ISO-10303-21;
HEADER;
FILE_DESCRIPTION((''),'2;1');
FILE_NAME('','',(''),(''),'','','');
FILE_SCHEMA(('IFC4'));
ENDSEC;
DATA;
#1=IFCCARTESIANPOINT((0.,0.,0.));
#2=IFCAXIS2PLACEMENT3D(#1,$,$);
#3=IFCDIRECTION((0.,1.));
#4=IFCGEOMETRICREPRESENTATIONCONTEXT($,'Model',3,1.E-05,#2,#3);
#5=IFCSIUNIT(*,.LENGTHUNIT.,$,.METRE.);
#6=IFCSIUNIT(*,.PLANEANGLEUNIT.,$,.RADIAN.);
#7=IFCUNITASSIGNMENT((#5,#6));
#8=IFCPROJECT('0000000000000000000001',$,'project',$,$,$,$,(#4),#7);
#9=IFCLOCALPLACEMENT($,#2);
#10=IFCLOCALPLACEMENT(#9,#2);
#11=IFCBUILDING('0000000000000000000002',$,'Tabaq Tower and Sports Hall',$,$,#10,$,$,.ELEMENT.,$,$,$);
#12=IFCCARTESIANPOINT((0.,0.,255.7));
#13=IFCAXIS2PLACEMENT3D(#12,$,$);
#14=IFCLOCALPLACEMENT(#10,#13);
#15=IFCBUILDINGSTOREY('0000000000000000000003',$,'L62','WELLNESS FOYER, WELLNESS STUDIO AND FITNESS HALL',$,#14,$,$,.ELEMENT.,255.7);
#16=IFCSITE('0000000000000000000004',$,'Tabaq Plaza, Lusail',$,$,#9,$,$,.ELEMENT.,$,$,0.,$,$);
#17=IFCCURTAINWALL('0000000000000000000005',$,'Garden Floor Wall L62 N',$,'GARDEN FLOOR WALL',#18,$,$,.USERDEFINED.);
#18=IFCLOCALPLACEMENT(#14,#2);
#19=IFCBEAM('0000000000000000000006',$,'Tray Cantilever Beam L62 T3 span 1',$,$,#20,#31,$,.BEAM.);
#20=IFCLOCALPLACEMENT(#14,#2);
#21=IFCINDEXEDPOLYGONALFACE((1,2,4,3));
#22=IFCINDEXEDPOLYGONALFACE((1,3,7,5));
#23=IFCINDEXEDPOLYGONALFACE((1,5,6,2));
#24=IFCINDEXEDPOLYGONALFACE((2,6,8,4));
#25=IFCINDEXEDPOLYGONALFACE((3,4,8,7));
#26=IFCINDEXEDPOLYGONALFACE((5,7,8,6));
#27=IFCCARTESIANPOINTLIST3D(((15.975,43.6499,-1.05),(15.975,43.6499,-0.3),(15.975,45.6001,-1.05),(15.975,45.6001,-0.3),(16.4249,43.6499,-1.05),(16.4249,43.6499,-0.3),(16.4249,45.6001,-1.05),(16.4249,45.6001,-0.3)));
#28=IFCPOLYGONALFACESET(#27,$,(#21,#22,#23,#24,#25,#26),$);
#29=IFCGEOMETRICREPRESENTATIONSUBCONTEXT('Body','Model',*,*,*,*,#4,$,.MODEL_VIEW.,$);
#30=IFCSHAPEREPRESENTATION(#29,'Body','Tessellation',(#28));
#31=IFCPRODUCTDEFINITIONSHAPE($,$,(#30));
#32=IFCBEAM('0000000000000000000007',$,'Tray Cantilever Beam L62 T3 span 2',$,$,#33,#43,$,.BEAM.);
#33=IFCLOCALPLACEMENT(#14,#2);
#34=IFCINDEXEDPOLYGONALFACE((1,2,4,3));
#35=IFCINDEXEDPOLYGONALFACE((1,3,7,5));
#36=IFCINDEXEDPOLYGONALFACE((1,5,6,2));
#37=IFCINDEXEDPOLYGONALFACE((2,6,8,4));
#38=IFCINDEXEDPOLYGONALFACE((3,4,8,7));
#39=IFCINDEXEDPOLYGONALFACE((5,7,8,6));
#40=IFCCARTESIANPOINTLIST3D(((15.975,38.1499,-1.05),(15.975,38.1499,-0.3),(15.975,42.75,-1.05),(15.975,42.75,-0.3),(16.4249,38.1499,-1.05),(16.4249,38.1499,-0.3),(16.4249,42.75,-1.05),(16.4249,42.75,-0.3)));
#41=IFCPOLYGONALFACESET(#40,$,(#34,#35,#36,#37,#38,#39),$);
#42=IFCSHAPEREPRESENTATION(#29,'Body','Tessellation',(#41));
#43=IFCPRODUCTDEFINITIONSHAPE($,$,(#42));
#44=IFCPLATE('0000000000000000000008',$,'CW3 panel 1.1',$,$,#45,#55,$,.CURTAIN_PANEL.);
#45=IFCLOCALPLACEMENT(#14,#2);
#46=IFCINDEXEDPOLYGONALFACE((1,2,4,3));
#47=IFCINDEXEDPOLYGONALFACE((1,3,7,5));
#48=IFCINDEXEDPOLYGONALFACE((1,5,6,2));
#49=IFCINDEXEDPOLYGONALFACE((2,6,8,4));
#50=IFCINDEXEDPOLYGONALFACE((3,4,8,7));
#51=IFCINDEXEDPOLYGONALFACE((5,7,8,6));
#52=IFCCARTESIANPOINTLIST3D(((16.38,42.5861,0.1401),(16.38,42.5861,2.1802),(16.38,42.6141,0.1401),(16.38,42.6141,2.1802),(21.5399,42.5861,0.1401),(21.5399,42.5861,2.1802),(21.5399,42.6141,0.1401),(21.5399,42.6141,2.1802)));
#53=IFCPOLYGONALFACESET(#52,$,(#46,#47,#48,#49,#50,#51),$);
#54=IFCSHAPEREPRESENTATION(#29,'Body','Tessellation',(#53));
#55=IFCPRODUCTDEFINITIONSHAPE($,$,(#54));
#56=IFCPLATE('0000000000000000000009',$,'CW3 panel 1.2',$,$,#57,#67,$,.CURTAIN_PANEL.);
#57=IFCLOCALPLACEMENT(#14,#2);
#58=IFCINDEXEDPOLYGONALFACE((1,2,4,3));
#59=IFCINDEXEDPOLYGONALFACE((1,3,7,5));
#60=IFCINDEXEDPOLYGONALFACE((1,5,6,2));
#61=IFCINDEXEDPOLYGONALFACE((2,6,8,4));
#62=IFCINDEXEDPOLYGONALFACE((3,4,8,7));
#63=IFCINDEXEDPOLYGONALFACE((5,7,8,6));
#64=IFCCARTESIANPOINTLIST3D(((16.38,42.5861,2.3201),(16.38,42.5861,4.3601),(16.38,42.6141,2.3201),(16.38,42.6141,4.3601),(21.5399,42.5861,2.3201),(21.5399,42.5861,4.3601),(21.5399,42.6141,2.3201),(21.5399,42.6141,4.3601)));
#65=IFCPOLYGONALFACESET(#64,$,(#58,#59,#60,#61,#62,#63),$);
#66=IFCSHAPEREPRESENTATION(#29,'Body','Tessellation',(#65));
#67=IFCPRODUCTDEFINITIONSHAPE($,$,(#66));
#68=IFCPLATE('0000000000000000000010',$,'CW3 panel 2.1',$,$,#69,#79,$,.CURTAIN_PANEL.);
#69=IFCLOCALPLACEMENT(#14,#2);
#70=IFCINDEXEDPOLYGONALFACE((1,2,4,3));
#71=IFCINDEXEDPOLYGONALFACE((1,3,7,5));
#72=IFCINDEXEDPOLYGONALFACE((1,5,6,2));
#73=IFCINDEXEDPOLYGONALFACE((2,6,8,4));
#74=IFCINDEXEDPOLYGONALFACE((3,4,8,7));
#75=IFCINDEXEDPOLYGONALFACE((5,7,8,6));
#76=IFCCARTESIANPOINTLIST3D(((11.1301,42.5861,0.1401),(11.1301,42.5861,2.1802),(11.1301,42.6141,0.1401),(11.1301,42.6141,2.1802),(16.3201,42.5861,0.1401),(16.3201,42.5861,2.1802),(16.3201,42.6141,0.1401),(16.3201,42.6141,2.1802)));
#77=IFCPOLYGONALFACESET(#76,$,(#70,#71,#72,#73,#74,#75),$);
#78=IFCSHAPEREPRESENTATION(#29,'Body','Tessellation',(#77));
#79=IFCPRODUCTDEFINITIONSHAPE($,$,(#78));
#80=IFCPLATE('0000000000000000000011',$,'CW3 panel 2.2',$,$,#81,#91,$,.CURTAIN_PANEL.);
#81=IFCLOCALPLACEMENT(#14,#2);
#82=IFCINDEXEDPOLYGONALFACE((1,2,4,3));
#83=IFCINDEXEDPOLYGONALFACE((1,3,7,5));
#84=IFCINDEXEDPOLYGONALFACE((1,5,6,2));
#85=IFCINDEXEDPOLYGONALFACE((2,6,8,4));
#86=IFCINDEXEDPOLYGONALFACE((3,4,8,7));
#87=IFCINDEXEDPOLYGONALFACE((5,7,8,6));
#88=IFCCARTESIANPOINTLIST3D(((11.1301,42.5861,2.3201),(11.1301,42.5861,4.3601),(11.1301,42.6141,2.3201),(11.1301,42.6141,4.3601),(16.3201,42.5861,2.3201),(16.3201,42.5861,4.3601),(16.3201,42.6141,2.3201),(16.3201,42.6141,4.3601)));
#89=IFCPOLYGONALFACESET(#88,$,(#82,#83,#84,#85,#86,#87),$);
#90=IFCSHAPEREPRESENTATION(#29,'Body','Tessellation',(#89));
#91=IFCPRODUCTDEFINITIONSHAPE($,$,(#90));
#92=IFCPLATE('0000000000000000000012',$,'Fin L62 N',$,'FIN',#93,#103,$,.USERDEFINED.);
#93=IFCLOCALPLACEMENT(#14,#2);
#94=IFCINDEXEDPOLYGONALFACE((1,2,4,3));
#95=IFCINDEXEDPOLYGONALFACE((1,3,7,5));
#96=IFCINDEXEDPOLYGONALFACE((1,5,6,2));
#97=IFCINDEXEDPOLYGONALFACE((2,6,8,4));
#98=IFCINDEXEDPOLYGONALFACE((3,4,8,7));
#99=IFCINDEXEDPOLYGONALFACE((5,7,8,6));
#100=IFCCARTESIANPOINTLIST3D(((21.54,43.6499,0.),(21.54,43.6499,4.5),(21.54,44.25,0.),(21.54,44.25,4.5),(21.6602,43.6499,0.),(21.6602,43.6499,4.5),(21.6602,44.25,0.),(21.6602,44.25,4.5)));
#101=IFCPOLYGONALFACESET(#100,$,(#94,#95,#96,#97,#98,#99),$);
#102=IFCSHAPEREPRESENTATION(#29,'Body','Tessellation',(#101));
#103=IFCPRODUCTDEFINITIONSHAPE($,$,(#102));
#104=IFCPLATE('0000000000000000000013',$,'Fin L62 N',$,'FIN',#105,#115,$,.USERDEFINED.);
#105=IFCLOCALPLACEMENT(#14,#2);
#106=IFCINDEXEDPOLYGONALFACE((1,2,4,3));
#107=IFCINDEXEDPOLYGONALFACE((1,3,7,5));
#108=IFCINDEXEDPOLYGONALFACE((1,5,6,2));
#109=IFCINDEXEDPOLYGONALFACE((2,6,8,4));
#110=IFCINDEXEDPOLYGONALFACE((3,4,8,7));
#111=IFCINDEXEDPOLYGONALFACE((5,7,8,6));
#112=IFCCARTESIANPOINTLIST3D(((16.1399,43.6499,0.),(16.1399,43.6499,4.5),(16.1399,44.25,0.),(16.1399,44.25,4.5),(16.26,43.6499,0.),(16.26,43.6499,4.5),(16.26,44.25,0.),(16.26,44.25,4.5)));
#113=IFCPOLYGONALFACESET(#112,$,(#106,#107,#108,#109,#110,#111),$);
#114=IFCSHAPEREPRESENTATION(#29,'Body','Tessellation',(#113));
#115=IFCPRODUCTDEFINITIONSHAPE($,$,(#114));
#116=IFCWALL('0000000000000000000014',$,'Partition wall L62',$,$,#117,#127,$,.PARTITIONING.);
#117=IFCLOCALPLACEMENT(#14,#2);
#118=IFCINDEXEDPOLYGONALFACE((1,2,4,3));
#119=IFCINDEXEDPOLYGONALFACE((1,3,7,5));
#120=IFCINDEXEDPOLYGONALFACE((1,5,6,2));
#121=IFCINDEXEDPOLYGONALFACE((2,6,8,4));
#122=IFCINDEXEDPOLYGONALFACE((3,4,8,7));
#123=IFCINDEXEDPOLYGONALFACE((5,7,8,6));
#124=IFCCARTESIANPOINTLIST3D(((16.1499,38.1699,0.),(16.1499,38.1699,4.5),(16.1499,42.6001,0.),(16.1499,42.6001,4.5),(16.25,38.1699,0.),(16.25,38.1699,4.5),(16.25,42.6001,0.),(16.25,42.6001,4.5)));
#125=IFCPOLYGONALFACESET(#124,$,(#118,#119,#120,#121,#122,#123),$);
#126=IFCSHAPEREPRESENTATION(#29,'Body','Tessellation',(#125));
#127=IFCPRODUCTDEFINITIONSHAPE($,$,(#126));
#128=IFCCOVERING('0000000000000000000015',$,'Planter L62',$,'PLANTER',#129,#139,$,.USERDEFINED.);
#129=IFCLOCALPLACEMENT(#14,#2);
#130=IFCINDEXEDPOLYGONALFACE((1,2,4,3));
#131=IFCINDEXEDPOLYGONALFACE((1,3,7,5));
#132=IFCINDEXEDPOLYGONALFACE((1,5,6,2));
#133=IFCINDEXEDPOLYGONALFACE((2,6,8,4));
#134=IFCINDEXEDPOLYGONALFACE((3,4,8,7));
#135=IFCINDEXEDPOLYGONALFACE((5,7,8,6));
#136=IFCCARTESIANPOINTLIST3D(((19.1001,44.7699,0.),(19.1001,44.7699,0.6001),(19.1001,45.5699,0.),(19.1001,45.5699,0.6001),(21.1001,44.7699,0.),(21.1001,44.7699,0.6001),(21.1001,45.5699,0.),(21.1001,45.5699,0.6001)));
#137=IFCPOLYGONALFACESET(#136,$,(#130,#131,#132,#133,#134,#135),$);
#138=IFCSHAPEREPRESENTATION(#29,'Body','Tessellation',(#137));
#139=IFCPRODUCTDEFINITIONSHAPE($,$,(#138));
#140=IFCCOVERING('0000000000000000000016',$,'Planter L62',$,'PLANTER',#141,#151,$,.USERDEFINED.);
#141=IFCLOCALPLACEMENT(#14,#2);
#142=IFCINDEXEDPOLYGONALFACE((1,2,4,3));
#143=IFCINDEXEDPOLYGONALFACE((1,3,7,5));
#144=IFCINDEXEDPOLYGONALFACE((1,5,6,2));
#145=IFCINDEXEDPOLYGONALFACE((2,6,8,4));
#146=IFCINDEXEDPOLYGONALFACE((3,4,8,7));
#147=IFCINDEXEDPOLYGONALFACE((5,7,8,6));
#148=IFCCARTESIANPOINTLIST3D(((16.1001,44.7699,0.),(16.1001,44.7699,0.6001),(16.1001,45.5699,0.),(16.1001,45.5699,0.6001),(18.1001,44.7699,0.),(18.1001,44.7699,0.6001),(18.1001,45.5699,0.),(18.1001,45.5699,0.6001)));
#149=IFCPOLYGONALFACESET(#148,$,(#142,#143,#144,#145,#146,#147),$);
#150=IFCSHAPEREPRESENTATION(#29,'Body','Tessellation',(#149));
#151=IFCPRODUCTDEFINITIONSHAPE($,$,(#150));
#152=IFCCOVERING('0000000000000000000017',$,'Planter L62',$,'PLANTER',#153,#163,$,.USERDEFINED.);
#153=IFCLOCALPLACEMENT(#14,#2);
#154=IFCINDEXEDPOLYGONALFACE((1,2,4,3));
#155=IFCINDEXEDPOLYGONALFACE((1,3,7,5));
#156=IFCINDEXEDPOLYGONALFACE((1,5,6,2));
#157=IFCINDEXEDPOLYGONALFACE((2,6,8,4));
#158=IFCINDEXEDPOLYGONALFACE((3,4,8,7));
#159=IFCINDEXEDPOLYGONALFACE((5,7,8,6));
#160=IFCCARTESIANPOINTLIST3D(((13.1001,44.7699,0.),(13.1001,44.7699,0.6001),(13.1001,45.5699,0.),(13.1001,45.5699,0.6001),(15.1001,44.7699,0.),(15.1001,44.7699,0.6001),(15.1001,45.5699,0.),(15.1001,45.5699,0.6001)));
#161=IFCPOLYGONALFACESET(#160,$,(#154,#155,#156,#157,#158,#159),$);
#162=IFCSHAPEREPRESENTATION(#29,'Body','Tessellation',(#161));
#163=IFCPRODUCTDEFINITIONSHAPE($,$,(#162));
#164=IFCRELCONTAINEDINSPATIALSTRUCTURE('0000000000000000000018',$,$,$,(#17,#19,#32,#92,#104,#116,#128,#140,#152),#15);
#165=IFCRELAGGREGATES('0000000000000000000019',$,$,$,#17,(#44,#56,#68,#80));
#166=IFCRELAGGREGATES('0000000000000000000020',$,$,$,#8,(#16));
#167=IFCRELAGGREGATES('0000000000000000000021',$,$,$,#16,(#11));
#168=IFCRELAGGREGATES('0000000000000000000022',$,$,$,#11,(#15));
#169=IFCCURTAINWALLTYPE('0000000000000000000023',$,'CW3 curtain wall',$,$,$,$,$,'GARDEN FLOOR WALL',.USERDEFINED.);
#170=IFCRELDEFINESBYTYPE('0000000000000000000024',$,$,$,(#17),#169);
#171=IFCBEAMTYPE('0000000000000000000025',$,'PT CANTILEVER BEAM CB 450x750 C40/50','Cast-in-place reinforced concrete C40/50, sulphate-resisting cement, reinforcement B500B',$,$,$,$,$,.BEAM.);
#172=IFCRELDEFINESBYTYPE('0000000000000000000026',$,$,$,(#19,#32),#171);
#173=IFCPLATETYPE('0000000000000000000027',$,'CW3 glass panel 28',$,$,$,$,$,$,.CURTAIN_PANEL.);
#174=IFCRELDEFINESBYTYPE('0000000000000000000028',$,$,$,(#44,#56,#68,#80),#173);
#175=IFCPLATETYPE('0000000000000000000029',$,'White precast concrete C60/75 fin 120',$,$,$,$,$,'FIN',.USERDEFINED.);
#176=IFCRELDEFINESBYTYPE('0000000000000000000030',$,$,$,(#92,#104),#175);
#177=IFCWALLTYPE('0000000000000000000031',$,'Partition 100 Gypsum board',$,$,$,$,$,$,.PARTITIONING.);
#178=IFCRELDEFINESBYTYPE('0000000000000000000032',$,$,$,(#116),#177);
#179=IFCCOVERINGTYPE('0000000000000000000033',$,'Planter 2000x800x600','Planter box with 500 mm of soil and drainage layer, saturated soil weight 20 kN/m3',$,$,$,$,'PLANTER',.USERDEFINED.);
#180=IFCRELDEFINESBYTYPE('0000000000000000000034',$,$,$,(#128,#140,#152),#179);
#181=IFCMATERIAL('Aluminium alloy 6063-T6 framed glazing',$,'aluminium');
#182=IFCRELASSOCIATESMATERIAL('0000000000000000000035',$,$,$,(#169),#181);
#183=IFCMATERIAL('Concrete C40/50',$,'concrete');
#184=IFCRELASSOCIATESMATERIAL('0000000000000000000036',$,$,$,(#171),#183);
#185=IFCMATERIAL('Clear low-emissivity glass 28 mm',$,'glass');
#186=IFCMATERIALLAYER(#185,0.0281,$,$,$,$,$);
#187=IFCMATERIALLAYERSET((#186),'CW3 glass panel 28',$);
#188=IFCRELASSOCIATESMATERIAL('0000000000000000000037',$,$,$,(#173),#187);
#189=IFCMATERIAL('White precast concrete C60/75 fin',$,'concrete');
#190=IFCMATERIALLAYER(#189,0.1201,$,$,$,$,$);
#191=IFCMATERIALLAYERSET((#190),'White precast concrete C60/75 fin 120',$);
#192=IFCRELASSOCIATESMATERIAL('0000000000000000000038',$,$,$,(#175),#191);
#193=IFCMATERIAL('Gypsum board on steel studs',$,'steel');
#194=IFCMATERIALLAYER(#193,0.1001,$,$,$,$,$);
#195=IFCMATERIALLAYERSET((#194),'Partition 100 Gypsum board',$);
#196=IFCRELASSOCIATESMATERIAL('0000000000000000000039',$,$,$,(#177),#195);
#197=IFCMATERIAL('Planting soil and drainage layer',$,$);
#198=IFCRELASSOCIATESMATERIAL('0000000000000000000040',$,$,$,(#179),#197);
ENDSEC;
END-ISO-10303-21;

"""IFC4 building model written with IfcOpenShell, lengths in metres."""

from ifc_helpers import new_model, si_unit, direction, frame, frame_2d, origin, origin_2d, place, context, subcontext, project, spatial, rectangle, extrude, material, layer, layer_set, material_profile, profile_set, type_object, element, aggregate, save


model = new_model("IFC4")

# Units and contexts
model_context = context("Model", 3, precision=1e-05, world=origin(), true_north=direction((0.0, 1.0)))
body_context = subcontext(model_context, "Body", "Model", "MODEL_VIEW")
ifc_project = project(units=[si_unit("LENGTHUNIT", "METRE"), si_unit("PLANEANGLEUNIT", "RADIAN")], contexts=[model_context])

# Site, building, storey
site_placement = place(None, origin())
site = spatial("IfcSite", under=ifc_project, at=site_placement, Name="Tabaq Plaza, Lusail", CompositionType="ELEMENT", RefElevation=0.0)
building_placement = place(site_placement, origin())
building = spatial("IfcBuilding", under=site, at=building_placement, Name="Tabaq Tower and Sports Hall", CompositionType="ELEMENT")
storey_placement = place(building_placement, frame((0.0, 0.0, 255.7)))
storey = spatial("IfcBuildingStorey", under=building, at=storey_placement, Name="L62", Description="WELLNESS FOYER, WELLNESS STUDIO AND FITNESS HALL", CompositionType="ELEMENT", Elevation=255.7)

# Curtain wall
ifc_material_1 = material(Name="Aluminium alloy 6063-T6 framed glazing", Category="aluminium")
curtain_wall_type = type_object("IfcCurtainWallType", Name="CW3 curtain wall", ElementType="GARDEN FLOOR WALL", PredefinedType="USERDEFINED", material=ifc_material_1)
curtain_wall_placement = place(storey_placement, origin())
curtain_wall = element("IfcCurtainWall", 1, at=curtain_wall_placement, inside=storey, type_object=curtain_wall_type, Name="Garden Floor Wall L62 N", ObjectType="GARDEN FLOOR WALL", PredefinedType="USERDEFINED")

# Beams
ifc_material_2 = material(Name="Concrete C40/50", Category="concrete")
ifc_material_profile_1 = material_profile(ifc_material_2, rectangle(XDim=0.45, YDim=0.75, at=origin_2d()), Name="CB 450x750")
ifc_profile_set_1 = profile_set([ifc_material_profile_1], Name="Concrete C40/50")
beam_type = type_object("IfcBeamType", Name="PT CANTILEVER BEAM CB 450x750 C40/50", Description="Cast-in-place reinforced concrete C40/50, sulphate-resisting cement, reinforcement B500B", PredefinedType="BEAM", material=ifc_profile_set_1)
beam_1_placement = place(storey_placement, frame((16.2, 45.6001, -0.675), z_axis=(0.0, -1.0, 0.0), x_axis=(1.0, 0.0, 0.0)))
element("IfcBeam", 2, at=beam_1_placement, inside=storey, type_object=beam_type, Name="Tray Cantilever Beam L62 T3 span 1", PredefinedType="BEAM", context=body_context, shape_type="SweptSolid", body=[
    extrude(rectangle(XDim=0.45, YDim=0.75, at=origin_2d()), origin(), (0.0, 0.0, 1.0), 1.9502),
])
beam_2_placement = place(storey_placement, frame((16.2, 42.75, -0.675), z_axis=(0.0, -1.0, 0.0), x_axis=(1.0, 0.0, 0.0)))
element("IfcBeam", 3, at=beam_2_placement, inside=storey, type_object=beam_type, Name="Tray Cantilever Beam L62 T3 span 2", PredefinedType="BEAM", context=body_context, shape_type="SweptSolid", body=[
    extrude(rectangle(XDim=0.45, YDim=0.75, at=origin_2d()), origin(), (0.0, 0.0, 1.0), 4.6001),
])

# Plates
ifc_material_3 = material(Name="Clear low-emissivity glass 28 mm", Category="glass")
ifc_layer_1 = layer(ifc_material_3, 0.0281)
ifc_layer_set_1 = layer_set([ifc_layer_1], Name="CW3 glass panel 28")
plate_type_1 = type_object("IfcPlateType", Name="CW3 glass panel 28", PredefinedType="CURTAIN_PANEL", material=ifc_layer_set_1)
plate_1_placement = place(storey_placement, frame((18.96, 42.6001, 0.1401), z_axis=(0.0, 0.0, 1.0), x_axis=(-1.0, 0.0, 0.0)))
plate_1 = element("IfcPlate", 4, at=plate_1_placement, type_object=plate_type_1, Name="CW3 panel 1.1", PredefinedType="CURTAIN_PANEL", context=body_context, shape_type="SweptSolid", body=[
    extrude(rectangle(XDim=5.1599, YDim=0.0281, at=origin_2d()), origin(), (0.0, 0.0, 1.0), 2.04),
])
plate_2_placement = place(storey_placement, frame((18.96, 42.6001, 2.3201), z_axis=(0.0, 0.0, 1.0), x_axis=(-1.0, 0.0, 0.0)))
plate_2 = element("IfcPlate", 5, at=plate_2_placement, type_object=plate_type_1, Name="CW3 panel 1.2", PredefinedType="CURTAIN_PANEL", context=body_context, shape_type="SweptSolid", body=[
    extrude(rectangle(XDim=5.1599, YDim=0.0281, at=origin_2d()), origin(), (0.0, 0.0, 1.0), 2.04),
])
plate_3_placement = place(storey_placement, frame((13.7251, 42.6001, 0.1401), z_axis=(0.0, 0.0, 1.0), x_axis=(-1.0, 0.0, 0.0)))
plate_3 = element("IfcPlate", 6, at=plate_3_placement, type_object=plate_type_1, Name="CW3 panel 2.1", PredefinedType="CURTAIN_PANEL", context=body_context, shape_type="SweptSolid", body=[
    extrude(rectangle(XDim=5.1899, YDim=0.0281, at=origin_2d()), origin(), (0.0, 0.0, 1.0), 2.04),
])
plate_4_placement = place(storey_placement, frame((13.7251, 42.6001, 2.3201), z_axis=(0.0, 0.0, 1.0), x_axis=(-1.0, 0.0, 0.0)))
plate_4 = element("IfcPlate", 7, at=plate_4_placement, type_object=plate_type_1, Name="CW3 panel 2.2", PredefinedType="CURTAIN_PANEL", context=body_context, shape_type="SweptSolid", body=[
    extrude(rectangle(XDim=5.1899, YDim=0.0281, at=origin_2d()), origin(), (0.0, 0.0, 1.0), 2.04),
])
aggregate(curtain_wall, [plate_1, plate_2, plate_3, plate_4])

# Plates
ifc_material_4 = material(Name="White precast concrete C60/75 fin", Category="concrete")
ifc_layer_2 = layer(ifc_material_4, 0.1201)
ifc_layer_set_2 = layer_set([ifc_layer_2], Name="White precast concrete C60/75 fin 120")
plate_type_2 = type_object("IfcPlateType", Name="White precast concrete C60/75 fin 120", ElementType="FIN", PredefinedType="USERDEFINED", material=ifc_layer_set_2)
for number, where, z_axis, x_axis, name in (
    (8, (21.6001, 43.95, 0.0), (0.0, 0.0, 1.0), (-1.0, 0.0, 0.0), "Fin L62 N"),
    (9, (16.2, 43.95, 0.0), (0.0, 0.0, 1.0), (-1.0, 0.0, 0.0), "Fin L62 N"),
):
    element("IfcPlate", number, at=place(storey_placement, frame(where, z_axis=z_axis, x_axis=x_axis)), inside=storey, type_object=plate_type_2, Name=name, ObjectType="FIN", PredefinedType="USERDEFINED", context=body_context, shape_type="SweptSolid", body=[
        extrude(rectangle(XDim=0.1201, YDim=0.6001, at=origin_2d()), origin(), (0.0, 0.0, 1.0), 4.5),
    ])

# Wall
ifc_material_5 = material(Name="Gypsum board on steel studs", Category="steel")
ifc_layer_3 = layer(ifc_material_5, 0.1001)
ifc_layer_set_3 = layer_set([ifc_layer_3], Name="Partition 100 Gypsum board")
wall_type = type_object("IfcWallType", Name="Partition 100 Gypsum board", PredefinedType="PARTITIONING", material=ifc_layer_set_3)
wall_placement = place(storey_placement, frame((16.2, 42.6001, 0.0), z_axis=(0.0, 0.0, 1.0), x_axis=(0.0, -1.0, 0.0)))
element("IfcWall", 10, at=wall_placement, inside=storey, type_object=wall_type, Name="Partition wall L62", PredefinedType="PARTITIONING", context=body_context, shape_type="SweptSolid", body=[
    extrude(rectangle(XDim=4.4302, YDim=0.1001, at=frame_2d((2.2151, 0.0))), origin(), (0.0, 0.0, 1.0), 4.5),
])

# Coverings
ifc_material_6 = material(Name="Planting soil and drainage layer")
covering_type = type_object("IfcCoveringType", Name="Planter 2000x800x600", Description="Planter box with 500 mm of soil and drainage layer, saturated soil weight 20 kN/m3", ElementType="PLANTER", PredefinedType="USERDEFINED", material=ifc_material_6)
for number, where, z_axis, x_axis, name in (
    (11, (20.1001, 45.1699, 0.0), (0.0, 0.0, 1.0), (-1.0, 0.0, 0.0), "Planter L62"),
    (12, (17.1001, 45.1699, 0.0), (0.0, 0.0, 1.0), (-1.0, 0.0, 0.0), "Planter L62"),
    (13, (14.1001, 45.1699, 0.0), (0.0, 0.0, 1.0), (-1.0, 0.0, 0.0), "Planter L62"),
):
    element("IfcCovering", number, at=place(storey_placement, frame(where, z_axis=z_axis, x_axis=x_axis)), inside=storey, type_object=covering_type, Name=name, ObjectType="PLANTER", PredefinedType="USERDEFINED", context=body_context, shape_type="SweptSolid", body=[
        extrude(rectangle(XDim=2.0, YDim=0.8, at=origin_2d()), origin(), (0.0, 0.0, 1.0), 0.6001),
    ])

save(model, "model.ifc")
